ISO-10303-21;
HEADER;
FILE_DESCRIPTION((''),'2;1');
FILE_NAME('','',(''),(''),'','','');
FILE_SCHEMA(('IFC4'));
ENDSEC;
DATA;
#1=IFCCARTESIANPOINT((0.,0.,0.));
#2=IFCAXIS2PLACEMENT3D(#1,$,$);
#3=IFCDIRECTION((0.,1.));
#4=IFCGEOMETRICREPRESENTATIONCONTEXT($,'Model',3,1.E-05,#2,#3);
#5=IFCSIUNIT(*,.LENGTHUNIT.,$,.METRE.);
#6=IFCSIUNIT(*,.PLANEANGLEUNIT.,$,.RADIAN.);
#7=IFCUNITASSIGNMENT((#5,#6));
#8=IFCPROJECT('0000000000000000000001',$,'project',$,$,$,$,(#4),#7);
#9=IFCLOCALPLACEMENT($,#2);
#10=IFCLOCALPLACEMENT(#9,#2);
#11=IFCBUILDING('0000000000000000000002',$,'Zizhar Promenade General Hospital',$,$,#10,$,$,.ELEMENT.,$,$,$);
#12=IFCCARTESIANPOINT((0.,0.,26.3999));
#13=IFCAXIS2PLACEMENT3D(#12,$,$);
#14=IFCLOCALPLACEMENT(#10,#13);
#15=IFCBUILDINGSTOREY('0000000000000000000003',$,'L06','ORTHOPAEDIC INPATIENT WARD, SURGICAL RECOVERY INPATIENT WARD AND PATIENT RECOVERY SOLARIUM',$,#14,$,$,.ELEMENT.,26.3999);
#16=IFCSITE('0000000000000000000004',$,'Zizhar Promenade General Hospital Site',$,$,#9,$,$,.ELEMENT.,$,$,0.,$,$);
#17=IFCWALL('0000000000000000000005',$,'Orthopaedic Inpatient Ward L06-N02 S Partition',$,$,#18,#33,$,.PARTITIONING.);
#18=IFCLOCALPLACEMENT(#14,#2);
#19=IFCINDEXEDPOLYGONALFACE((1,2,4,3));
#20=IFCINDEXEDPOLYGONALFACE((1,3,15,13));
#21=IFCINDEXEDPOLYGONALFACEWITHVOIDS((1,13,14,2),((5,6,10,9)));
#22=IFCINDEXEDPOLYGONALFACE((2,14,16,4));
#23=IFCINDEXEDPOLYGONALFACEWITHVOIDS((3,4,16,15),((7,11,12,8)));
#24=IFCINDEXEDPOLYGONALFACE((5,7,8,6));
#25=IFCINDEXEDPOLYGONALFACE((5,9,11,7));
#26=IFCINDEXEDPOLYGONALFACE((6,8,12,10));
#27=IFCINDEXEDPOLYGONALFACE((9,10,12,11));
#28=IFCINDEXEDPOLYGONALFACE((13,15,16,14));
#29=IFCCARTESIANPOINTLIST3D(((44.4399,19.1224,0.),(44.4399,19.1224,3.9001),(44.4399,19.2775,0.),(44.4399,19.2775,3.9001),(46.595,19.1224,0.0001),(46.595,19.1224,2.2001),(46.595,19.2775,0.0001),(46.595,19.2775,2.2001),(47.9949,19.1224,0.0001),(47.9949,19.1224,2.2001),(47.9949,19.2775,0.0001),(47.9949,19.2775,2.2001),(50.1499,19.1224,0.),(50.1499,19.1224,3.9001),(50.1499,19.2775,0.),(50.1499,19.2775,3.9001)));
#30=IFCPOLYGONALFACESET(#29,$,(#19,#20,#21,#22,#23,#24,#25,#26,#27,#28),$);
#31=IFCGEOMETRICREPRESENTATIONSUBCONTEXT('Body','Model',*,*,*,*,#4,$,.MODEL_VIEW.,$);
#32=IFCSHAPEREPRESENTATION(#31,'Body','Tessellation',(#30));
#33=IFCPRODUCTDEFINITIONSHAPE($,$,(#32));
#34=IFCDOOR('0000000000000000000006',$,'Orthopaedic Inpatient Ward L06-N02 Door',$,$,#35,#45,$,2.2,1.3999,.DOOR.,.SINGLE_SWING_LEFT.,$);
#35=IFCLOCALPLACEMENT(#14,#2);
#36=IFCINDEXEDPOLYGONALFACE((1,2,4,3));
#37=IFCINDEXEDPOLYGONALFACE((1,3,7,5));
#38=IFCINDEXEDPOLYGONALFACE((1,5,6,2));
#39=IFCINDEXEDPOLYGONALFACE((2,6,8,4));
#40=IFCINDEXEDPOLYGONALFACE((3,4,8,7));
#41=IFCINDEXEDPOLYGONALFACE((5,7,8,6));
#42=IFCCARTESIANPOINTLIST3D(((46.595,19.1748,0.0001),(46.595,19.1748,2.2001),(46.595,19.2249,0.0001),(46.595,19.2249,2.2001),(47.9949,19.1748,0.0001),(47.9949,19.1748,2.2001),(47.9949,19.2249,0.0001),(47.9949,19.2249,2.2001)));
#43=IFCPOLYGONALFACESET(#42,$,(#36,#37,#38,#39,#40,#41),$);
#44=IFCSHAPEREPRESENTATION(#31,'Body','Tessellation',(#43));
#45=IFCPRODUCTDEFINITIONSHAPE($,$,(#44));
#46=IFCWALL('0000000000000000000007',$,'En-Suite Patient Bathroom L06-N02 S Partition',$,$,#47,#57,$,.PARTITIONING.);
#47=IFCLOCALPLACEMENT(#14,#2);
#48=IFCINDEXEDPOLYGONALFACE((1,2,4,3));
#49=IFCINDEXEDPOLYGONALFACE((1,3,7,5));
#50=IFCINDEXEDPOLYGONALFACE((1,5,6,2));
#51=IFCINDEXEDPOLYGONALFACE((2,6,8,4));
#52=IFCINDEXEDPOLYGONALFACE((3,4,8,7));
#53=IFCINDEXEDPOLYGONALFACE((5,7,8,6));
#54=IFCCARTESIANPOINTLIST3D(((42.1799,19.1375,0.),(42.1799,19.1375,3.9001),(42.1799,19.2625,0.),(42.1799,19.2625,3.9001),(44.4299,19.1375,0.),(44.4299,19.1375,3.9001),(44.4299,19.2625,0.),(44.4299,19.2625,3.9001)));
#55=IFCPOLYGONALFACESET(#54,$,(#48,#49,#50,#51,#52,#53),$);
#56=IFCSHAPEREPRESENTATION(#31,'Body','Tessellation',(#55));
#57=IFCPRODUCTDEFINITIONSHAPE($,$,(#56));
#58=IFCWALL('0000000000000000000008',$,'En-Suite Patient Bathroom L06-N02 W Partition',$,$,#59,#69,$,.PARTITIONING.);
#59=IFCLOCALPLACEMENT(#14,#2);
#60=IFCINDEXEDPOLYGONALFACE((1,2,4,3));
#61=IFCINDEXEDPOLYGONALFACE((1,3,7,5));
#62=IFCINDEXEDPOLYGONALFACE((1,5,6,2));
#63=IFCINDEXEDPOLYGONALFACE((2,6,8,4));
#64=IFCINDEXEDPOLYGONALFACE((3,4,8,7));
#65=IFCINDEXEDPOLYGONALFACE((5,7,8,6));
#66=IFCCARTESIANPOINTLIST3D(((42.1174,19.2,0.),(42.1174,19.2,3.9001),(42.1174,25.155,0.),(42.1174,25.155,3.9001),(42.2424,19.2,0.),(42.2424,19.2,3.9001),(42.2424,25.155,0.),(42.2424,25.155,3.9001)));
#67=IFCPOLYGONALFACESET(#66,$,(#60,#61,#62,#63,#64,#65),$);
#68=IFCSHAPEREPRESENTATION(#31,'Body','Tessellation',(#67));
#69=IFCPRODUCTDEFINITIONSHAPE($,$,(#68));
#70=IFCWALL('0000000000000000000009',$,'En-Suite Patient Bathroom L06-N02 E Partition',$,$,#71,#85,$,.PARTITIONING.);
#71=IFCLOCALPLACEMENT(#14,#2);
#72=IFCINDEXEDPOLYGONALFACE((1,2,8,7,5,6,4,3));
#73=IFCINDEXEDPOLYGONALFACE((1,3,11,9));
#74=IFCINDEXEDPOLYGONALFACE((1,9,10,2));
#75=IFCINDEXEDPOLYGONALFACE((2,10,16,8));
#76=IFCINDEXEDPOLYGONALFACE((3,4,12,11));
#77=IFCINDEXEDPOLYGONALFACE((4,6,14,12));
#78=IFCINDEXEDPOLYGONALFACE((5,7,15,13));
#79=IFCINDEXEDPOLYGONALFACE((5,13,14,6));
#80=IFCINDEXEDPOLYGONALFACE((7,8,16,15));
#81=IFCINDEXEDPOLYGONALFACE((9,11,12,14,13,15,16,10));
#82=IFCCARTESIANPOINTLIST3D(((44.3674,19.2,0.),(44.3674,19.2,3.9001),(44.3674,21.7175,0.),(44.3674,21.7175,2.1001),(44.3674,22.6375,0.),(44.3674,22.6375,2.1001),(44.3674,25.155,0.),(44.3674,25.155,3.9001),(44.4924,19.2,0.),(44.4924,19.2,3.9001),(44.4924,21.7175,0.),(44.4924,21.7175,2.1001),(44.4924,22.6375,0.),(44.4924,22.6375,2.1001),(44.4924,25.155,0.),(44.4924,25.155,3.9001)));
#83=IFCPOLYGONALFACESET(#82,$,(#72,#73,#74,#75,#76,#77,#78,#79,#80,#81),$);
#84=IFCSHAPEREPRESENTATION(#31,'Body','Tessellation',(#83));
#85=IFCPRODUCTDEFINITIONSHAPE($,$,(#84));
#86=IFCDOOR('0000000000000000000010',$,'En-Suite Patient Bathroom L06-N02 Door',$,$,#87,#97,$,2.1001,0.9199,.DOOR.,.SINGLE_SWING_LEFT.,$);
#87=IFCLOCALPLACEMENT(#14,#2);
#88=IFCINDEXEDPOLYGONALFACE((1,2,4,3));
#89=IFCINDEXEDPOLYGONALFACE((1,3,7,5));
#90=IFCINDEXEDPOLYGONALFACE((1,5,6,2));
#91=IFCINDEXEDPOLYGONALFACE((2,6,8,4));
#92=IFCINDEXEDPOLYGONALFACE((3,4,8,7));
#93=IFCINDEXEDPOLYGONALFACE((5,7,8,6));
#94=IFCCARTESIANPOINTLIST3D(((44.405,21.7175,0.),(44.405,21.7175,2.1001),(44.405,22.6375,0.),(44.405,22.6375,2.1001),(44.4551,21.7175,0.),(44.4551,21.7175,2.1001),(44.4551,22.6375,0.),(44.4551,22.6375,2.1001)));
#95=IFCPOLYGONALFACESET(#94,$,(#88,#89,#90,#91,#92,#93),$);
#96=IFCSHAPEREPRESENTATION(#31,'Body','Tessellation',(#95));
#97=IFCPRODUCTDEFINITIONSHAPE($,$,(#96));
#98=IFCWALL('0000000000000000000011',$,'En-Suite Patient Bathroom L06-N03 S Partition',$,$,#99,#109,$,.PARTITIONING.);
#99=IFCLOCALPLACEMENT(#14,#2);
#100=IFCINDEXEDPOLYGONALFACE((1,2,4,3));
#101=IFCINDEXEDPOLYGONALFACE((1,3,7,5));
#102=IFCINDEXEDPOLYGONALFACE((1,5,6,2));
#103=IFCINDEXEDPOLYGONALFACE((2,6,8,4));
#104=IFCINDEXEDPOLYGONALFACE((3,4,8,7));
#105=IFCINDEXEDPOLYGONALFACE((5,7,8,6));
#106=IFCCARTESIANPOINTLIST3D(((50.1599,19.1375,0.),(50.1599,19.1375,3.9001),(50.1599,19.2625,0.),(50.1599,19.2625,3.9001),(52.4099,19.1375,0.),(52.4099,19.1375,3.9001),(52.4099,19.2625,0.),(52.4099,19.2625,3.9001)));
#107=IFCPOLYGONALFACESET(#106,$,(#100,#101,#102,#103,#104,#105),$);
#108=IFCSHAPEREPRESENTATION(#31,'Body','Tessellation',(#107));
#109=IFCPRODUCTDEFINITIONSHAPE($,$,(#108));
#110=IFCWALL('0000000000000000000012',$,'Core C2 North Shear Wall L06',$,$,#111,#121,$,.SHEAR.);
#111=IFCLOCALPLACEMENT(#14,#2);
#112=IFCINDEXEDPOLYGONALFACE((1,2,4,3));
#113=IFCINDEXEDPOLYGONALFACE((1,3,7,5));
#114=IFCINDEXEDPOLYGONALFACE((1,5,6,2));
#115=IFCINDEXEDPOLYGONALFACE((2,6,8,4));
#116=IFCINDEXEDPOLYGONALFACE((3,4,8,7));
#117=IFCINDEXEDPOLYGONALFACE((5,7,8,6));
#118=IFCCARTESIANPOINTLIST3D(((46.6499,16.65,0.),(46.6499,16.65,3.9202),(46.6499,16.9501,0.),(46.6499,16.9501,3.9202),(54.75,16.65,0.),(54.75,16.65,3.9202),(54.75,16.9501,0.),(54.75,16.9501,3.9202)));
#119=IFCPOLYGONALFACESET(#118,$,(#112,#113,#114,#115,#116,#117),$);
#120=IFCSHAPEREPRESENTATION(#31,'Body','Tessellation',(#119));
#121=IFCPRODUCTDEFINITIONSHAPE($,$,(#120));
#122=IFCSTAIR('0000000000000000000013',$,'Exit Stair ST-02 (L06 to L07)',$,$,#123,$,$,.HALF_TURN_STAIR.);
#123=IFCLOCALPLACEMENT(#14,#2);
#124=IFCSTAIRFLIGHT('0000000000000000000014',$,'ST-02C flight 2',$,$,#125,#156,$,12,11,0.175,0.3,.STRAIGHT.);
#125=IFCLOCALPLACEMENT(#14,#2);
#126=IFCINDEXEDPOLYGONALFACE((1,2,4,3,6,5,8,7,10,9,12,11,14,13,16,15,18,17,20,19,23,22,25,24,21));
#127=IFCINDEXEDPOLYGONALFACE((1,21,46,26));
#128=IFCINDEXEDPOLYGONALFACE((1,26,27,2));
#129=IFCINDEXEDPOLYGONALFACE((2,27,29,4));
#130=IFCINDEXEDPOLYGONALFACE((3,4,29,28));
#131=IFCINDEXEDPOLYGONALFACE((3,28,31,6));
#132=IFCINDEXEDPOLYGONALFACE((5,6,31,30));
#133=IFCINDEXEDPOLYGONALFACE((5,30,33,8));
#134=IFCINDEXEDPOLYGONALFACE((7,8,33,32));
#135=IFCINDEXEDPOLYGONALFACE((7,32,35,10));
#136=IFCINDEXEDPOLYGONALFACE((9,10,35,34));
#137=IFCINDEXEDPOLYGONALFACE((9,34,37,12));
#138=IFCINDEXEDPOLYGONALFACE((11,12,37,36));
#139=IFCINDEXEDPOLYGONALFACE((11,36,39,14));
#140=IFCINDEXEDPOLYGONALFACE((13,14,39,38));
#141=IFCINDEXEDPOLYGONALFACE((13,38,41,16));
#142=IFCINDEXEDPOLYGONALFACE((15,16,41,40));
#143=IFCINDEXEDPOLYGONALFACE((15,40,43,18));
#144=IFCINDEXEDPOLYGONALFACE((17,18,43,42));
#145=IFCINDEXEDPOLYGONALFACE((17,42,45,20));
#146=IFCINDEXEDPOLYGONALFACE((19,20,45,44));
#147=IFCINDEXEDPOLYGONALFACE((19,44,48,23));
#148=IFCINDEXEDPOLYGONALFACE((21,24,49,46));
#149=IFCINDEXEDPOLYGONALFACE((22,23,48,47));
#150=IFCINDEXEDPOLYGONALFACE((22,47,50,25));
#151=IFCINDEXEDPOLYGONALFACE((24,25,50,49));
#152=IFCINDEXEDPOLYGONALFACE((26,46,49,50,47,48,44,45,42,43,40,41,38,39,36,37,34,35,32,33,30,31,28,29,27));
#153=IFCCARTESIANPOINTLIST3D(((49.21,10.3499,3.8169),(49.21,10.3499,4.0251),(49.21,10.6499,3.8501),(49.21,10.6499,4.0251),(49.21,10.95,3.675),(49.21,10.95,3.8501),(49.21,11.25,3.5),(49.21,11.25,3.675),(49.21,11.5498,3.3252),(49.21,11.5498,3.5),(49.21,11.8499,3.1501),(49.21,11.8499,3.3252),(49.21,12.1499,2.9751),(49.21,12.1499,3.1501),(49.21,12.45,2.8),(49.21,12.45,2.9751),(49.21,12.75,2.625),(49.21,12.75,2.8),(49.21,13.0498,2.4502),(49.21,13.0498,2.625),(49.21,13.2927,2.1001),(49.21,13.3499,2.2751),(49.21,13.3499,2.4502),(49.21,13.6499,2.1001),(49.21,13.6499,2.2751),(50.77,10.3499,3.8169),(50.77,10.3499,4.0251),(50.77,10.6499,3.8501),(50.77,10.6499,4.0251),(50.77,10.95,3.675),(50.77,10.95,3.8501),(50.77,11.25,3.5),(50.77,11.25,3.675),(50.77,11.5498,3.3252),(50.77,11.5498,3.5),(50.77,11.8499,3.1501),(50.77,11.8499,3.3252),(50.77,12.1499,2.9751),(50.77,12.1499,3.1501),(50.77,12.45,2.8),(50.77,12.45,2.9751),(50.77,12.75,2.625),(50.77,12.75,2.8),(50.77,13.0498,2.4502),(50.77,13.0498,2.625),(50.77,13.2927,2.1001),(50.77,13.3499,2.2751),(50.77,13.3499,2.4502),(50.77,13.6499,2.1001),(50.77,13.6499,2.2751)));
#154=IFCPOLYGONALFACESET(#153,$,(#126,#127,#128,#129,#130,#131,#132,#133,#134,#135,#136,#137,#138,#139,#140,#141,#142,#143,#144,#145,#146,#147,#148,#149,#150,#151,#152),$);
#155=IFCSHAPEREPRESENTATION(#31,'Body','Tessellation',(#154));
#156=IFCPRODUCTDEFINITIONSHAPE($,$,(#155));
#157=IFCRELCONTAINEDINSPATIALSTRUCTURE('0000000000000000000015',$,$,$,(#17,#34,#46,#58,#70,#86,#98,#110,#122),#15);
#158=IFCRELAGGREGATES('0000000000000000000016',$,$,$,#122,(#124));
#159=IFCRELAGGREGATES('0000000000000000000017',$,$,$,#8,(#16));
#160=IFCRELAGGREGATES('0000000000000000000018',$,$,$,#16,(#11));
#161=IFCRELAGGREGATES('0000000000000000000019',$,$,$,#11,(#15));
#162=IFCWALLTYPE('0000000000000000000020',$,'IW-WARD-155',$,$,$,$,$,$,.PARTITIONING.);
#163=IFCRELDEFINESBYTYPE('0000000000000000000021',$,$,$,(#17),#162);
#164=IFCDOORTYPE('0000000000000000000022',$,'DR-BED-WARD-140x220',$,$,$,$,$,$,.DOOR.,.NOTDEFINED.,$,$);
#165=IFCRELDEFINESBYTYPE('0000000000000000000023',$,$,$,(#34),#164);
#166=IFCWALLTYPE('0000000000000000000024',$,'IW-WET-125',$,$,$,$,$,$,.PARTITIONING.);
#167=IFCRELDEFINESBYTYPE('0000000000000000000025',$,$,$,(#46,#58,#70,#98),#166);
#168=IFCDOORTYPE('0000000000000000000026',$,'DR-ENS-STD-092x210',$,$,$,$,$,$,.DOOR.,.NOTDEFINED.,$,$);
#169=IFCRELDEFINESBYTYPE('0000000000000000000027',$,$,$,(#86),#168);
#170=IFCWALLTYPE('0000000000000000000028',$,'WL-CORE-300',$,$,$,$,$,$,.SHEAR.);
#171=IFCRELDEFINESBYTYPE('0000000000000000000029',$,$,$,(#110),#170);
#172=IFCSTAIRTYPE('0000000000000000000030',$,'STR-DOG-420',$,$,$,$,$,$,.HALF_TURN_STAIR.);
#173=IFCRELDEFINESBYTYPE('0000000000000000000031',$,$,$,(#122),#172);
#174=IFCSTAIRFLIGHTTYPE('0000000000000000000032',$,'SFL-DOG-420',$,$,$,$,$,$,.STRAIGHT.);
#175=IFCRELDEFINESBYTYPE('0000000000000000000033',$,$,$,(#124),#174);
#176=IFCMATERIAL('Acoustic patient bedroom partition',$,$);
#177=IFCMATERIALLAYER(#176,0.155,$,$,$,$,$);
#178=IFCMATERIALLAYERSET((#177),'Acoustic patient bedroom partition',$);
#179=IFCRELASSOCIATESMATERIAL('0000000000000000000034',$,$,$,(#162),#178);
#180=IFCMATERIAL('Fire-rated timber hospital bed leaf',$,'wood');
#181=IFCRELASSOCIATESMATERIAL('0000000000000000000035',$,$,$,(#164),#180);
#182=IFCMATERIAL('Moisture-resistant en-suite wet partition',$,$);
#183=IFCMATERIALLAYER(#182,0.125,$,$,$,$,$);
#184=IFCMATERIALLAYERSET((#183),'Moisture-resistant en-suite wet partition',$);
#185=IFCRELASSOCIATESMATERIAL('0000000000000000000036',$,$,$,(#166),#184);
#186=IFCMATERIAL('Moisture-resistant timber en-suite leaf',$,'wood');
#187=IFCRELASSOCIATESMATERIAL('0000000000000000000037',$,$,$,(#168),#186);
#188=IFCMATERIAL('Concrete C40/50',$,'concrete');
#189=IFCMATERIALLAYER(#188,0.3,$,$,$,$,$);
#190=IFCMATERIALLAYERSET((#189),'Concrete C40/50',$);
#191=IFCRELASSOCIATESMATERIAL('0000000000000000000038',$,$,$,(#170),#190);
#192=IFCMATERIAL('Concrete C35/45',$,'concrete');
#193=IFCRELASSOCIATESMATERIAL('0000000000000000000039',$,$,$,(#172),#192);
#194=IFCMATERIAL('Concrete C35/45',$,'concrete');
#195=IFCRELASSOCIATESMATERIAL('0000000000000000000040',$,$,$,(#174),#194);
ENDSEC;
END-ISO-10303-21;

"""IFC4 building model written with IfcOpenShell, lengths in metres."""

from ifc_helpers import new_model, si_unit, direction, frame, frame_2d, origin, place, context, subcontext, project, spatial, polyline, rectangle, outline, extrude, material, layer, layer_set, type_object, element, fill, aggregate, save


model = new_model("IFC4")

# Units and contexts
model_context = context("Model", 3, precision=1e-05, world=origin(), true_north=direction((0.0, 1.0)))
body_context = subcontext(model_context, "Body", "Model", "MODEL_VIEW")
ifc_project = project(units=[si_unit("LENGTHUNIT", "METRE"), si_unit("PLANEANGLEUNIT", "RADIAN")], contexts=[model_context])

# Site, building, storey
site_placement = place(None, origin())
site = spatial("IfcSite", under=ifc_project, at=site_placement, Name="Zizhar Promenade General Hospital Site", CompositionType="ELEMENT", RefElevation=0.0)
building_placement = place(site_placement, origin())
building = spatial("IfcBuilding", under=site, at=building_placement, Name="Zizhar Promenade General Hospital", CompositionType="ELEMENT")
storey_placement = place(building_placement, frame((0.0, 0.0, 26.3999)))
storey = spatial("IfcBuildingStorey", under=building, at=storey_placement, Name="L06", Description="ORTHOPAEDIC INPATIENT WARD, SURGICAL RECOVERY INPATIENT WARD AND PATIENT RECOVERY SOLARIUM", CompositionType="ELEMENT", Elevation=26.3999)

# Wall, opening, door
ifc_material_1 = material(Name="Acoustic patient bedroom partition")
ifc_layer_1 = layer(ifc_material_1, 0.155)
ifc_layer_set_1 = layer_set([ifc_layer_1], Name="Acoustic patient bedroom partition")
wall_type_1 = type_object("IfcWallType", Name="IW-WARD-155", PredefinedType="PARTITIONING", material=ifc_layer_set_1)
wall_1_placement = place(storey_placement, frame((44.4399, 19.2, 0.0), z_axis=(0.0, 0.0, 1.0), x_axis=(1.0, 0.0, 0.0)))
wall_1 = element("IfcWall", 1, at=wall_1_placement, inside=storey, type_object=wall_type_1, Name="Orthopaedic Inpatient Ward L06-N02 S Partition", PredefinedType="PARTITIONING", context=body_context, shape_type="SweptSolid", body=[
    extrude(rectangle(XDim=5.71, YDim=0.155, at=frame_2d((2.855, 0.0))), origin(), (0.0, 0.0, 1.0), 3.9001),
])
opening_1_placement = place(wall_1_placement, frame((2.155, 0.0, 0.0)))
opening_1 = element("IfcOpeningElement", 2, at=opening_1_placement, cuts=wall_1, PredefinedType="OPENING", context=body_context, shape_type="SweptSolid", body=[
    extrude(rectangle(XDim=1.3999, YDim=2.2, at=frame_2d((0.7, 1.1001))), frame((0.0, 0.0874, 0.0), z_axis=(0.0, -1.0, 0.0), x_axis=(1.0, 0.0, 0.0)), (0.0, 0.0, 1.0), 0.175),
])
ifc_material_2 = material(Name="Fire-rated timber hospital bed leaf", Category="wood")
door_type_1 = type_object("IfcDoorType", Name="DR-BED-WARD-140x220", OperationType="NOTDEFINED", PredefinedType="DOOR", material=ifc_material_2)
door_1_placement = place(opening_1_placement, origin())
door_1 = element("IfcDoor", 3, at=door_1_placement, inside=storey, type_object=door_type_1, Name="Orthopaedic Inpatient Ward L06-N02 Door", OperationType="SINGLE_SWING_LEFT", OverallHeight=2.2, OverallWidth=1.3999, PredefinedType="DOOR", context=body_context, shape_type="SweptSolid", body=[
    extrude(rectangle(XDim=1.3999, YDim=2.2, at=frame_2d((0.7, 1.1001))), frame((0.0, 0.0249, 0.0), z_axis=(0.0, -1.0, 0.0), x_axis=(1.0, 0.0, 0.0)), (0.0, 0.0, 1.0), 0.05),
])
fill(opening_1, door_1)

# Walls
ifc_material_3 = material(Name="Moisture-resistant en-suite wet partition")
ifc_layer_2 = layer(ifc_material_3, 0.125)
ifc_layer_set_2 = layer_set([ifc_layer_2], Name="Moisture-resistant en-suite wet partition")
wall_type_2 = type_object("IfcWallType", Name="IW-WET-125", PredefinedType="PARTITIONING", material=ifc_layer_set_2)
wall_2_placement = place(storey_placement, frame((42.1799, 19.2, 0.0), z_axis=(0.0, 0.0, 1.0), x_axis=(1.0, 0.0, 0.0)))
element("IfcWall", 4, at=wall_2_placement, inside=storey, type_object=wall_type_2, Name="En-Suite Patient Bathroom L06-N02 S Partition", PredefinedType="PARTITIONING", context=body_context, shape_type="SweptSolid", body=[
    extrude(rectangle(XDim=2.25, YDim=0.125, at=frame_2d((1.125, 0.0))), origin(), (0.0, 0.0, 1.0), 3.9001),
])
wall_3_placement = place(storey_placement, frame((42.1799, 19.2, 0.0), z_axis=(0.0, 0.0, 1.0), x_axis=(0.0, 1.0, 0.0)))
element("IfcWall", 5, at=wall_3_placement, inside=storey, type_object=wall_type_2, Name="En-Suite Patient Bathroom L06-N02 W Partition", PredefinedType="PARTITIONING", context=body_context, shape_type="SweptSolid", body=[
    extrude(rectangle(XDim=5.9551, YDim=0.125, at=frame_2d((2.9775, 0.0))), origin(), (0.0, 0.0, 1.0), 3.9001),
])

# Wall, opening, door
wall_4_placement = place(storey_placement, frame((44.4299, 19.2, 0.0), z_axis=(0.0, 0.0, 1.0), x_axis=(0.0, 1.0, 0.0)))
wall_4 = element("IfcWall", 6, at=wall_4_placement, inside=storey, type_object=wall_type_2, Name="En-Suite Patient Bathroom L06-N02 E Partition", PredefinedType="PARTITIONING", context=body_context, shape_type="SweptSolid", body=[
    extrude(rectangle(XDim=5.9551, YDim=0.125, at=frame_2d((2.9775, 0.0))), origin(), (0.0, 0.0, 1.0), 3.9001),
])
opening_2_placement = place(wall_4_placement, frame((2.5176, 0.0, 0.0)))
opening_2 = element("IfcOpeningElement", 7, at=opening_2_placement, cuts=wall_4, PredefinedType="OPENING", context=body_context, shape_type="SweptSolid", body=[
    extrude(rectangle(XDim=0.9199, YDim=2.1001, at=frame_2d((0.46, 1.05))), frame((0.0, 0.0725, 0.0), z_axis=(0.0, -1.0, 0.0), x_axis=(1.0, 0.0, 0.0)), (0.0, 0.0, 1.0), 0.145),
])
ifc_material_4 = material(Name="Moisture-resistant timber en-suite leaf", Category="wood")
door_type_2 = type_object("IfcDoorType", Name="DR-ENS-STD-092x210", OperationType="NOTDEFINED", PredefinedType="DOOR", material=ifc_material_4)
door_2_placement = place(opening_2_placement, origin())
door_2 = element("IfcDoor", 8, at=door_2_placement, inside=storey, type_object=door_type_2, Name="En-Suite Patient Bathroom L06-N02 Door", OperationType="SINGLE_SWING_LEFT", OverallHeight=2.1001, OverallWidth=0.9199, PredefinedType="DOOR", context=body_context, shape_type="SweptSolid", body=[
    extrude(rectangle(XDim=0.9199, YDim=2.1001, at=frame_2d((0.46, 1.05))), frame((0.0, 0.0249, 0.0), z_axis=(0.0, -1.0, 0.0), x_axis=(1.0, 0.0, 0.0)), (0.0, 0.0, 1.0), 0.05),
])
fill(opening_2, door_2)

# Walls
wall_5_placement = place(storey_placement, frame((50.1599, 19.2, 0.0), z_axis=(0.0, 0.0, 1.0), x_axis=(1.0, 0.0, 0.0)))
element("IfcWall", 9, at=wall_5_placement, inside=storey, type_object=wall_type_2, Name="En-Suite Patient Bathroom L06-N03 S Partition", PredefinedType="PARTITIONING", context=body_context, shape_type="SweptSolid", body=[
    extrude(rectangle(XDim=2.25, YDim=0.125, at=frame_2d((1.125, 0.0))), origin(), (0.0, 0.0, 1.0), 3.9001),
])
ifc_material_5 = material(Name="Concrete C40/50", Category="concrete")
ifc_layer_3 = layer(ifc_material_5, 0.3)
ifc_layer_set_3 = layer_set([ifc_layer_3], Name="Concrete C40/50")
wall_type_3 = type_object("IfcWallType", Name="WL-CORE-300", PredefinedType="SHEAR", material=ifc_layer_set_3)
wall_6_placement = place(storey_placement, frame((46.6499, 16.8, 0.0), z_axis=(0.0, 0.0, 1.0), x_axis=(1.0, 0.0, 0.0)))
element("IfcWall", 10, at=wall_6_placement, inside=storey, type_object=wall_type_3, Name="Core C2 North Shear Wall L06", PredefinedType="SHEAR", context=body_context, shape_type="SweptSolid", body=[
    extrude(rectangle(XDim=8.1001, YDim=0.3, at=frame_2d((4.05, 0.0))), origin(), (0.0, 0.0, 1.0), 3.9202),
])

# Stair, stair flight
ifc_material_6 = material(Name="Concrete C35/45", Category="concrete")
stair_type = type_object("IfcStairType", Name="STR-DOG-420", PredefinedType="HALF_TURN_STAIR", material=ifc_material_6)
stair_placement = place(storey_placement, origin())
stair = element("IfcStair", 11, at=stair_placement, inside=storey, type_object=stair_type, Name="Exit Stair ST-02 (L06 to L07)", PredefinedType="HALF_TURN_STAIR")
ifc_material_7 = material(Name="Concrete C35/45", Category="concrete")
stair_flight_type = type_object("IfcStairFlightType", Name="SFL-DOG-420", PredefinedType="STRAIGHT", material=ifc_material_7)
stair_flight_placement = place(storey_placement, frame((49.99, 13.6499, 2.1001), z_axis=(0.0, 0.0, 1.0), x_axis=(0.0, -1.0, 0.0)))
stair_flight = element("IfcStairFlight", 12, at=stair_flight_placement, type_object=stair_flight_type, Name="ST-02C flight 2", NumberOfRisers=12, NumberOfTreads=11, PredefinedType="STRAIGHT", RiserHeight=0.175, TreadLength=0.3, context=body_context, shape_type="SweptSolid", body=[
    extrude(outline(polyline([(0.0, 0.0), (0.0, 0.175), (0.3, 0.175), (0.3, 0.3501), (0.6001, 0.3501), (0.6001, 0.5249), (0.8999, 0.5249), (0.8999, 0.7), (1.2, 0.7), (1.2, 0.875), (1.5, 0.875), (1.5, 1.05), (1.8, 1.05), (1.8, 1.2251), (2.1001, 1.2251), (2.1001, 1.3999), (2.3999, 1.3999), (2.3999, 1.575), (2.7, 1.575), (2.7, 1.75), (3.0, 1.75), (3.0, 1.925), (3.3, 1.925), (3.3, 2.1001), (3.3, 1.7168), (0.3572, 0.0), (0.0, 0.0)])), frame((0.0, 0.78, 0.0), z_axis=(0.0, -1.0, 0.0), x_axis=(1.0, 0.0, 0.0)), (0.0, 0.0, 1.0), 1.5601),
])
aggregate(stair, [stair_flight])

save(model, "model.ifc")
